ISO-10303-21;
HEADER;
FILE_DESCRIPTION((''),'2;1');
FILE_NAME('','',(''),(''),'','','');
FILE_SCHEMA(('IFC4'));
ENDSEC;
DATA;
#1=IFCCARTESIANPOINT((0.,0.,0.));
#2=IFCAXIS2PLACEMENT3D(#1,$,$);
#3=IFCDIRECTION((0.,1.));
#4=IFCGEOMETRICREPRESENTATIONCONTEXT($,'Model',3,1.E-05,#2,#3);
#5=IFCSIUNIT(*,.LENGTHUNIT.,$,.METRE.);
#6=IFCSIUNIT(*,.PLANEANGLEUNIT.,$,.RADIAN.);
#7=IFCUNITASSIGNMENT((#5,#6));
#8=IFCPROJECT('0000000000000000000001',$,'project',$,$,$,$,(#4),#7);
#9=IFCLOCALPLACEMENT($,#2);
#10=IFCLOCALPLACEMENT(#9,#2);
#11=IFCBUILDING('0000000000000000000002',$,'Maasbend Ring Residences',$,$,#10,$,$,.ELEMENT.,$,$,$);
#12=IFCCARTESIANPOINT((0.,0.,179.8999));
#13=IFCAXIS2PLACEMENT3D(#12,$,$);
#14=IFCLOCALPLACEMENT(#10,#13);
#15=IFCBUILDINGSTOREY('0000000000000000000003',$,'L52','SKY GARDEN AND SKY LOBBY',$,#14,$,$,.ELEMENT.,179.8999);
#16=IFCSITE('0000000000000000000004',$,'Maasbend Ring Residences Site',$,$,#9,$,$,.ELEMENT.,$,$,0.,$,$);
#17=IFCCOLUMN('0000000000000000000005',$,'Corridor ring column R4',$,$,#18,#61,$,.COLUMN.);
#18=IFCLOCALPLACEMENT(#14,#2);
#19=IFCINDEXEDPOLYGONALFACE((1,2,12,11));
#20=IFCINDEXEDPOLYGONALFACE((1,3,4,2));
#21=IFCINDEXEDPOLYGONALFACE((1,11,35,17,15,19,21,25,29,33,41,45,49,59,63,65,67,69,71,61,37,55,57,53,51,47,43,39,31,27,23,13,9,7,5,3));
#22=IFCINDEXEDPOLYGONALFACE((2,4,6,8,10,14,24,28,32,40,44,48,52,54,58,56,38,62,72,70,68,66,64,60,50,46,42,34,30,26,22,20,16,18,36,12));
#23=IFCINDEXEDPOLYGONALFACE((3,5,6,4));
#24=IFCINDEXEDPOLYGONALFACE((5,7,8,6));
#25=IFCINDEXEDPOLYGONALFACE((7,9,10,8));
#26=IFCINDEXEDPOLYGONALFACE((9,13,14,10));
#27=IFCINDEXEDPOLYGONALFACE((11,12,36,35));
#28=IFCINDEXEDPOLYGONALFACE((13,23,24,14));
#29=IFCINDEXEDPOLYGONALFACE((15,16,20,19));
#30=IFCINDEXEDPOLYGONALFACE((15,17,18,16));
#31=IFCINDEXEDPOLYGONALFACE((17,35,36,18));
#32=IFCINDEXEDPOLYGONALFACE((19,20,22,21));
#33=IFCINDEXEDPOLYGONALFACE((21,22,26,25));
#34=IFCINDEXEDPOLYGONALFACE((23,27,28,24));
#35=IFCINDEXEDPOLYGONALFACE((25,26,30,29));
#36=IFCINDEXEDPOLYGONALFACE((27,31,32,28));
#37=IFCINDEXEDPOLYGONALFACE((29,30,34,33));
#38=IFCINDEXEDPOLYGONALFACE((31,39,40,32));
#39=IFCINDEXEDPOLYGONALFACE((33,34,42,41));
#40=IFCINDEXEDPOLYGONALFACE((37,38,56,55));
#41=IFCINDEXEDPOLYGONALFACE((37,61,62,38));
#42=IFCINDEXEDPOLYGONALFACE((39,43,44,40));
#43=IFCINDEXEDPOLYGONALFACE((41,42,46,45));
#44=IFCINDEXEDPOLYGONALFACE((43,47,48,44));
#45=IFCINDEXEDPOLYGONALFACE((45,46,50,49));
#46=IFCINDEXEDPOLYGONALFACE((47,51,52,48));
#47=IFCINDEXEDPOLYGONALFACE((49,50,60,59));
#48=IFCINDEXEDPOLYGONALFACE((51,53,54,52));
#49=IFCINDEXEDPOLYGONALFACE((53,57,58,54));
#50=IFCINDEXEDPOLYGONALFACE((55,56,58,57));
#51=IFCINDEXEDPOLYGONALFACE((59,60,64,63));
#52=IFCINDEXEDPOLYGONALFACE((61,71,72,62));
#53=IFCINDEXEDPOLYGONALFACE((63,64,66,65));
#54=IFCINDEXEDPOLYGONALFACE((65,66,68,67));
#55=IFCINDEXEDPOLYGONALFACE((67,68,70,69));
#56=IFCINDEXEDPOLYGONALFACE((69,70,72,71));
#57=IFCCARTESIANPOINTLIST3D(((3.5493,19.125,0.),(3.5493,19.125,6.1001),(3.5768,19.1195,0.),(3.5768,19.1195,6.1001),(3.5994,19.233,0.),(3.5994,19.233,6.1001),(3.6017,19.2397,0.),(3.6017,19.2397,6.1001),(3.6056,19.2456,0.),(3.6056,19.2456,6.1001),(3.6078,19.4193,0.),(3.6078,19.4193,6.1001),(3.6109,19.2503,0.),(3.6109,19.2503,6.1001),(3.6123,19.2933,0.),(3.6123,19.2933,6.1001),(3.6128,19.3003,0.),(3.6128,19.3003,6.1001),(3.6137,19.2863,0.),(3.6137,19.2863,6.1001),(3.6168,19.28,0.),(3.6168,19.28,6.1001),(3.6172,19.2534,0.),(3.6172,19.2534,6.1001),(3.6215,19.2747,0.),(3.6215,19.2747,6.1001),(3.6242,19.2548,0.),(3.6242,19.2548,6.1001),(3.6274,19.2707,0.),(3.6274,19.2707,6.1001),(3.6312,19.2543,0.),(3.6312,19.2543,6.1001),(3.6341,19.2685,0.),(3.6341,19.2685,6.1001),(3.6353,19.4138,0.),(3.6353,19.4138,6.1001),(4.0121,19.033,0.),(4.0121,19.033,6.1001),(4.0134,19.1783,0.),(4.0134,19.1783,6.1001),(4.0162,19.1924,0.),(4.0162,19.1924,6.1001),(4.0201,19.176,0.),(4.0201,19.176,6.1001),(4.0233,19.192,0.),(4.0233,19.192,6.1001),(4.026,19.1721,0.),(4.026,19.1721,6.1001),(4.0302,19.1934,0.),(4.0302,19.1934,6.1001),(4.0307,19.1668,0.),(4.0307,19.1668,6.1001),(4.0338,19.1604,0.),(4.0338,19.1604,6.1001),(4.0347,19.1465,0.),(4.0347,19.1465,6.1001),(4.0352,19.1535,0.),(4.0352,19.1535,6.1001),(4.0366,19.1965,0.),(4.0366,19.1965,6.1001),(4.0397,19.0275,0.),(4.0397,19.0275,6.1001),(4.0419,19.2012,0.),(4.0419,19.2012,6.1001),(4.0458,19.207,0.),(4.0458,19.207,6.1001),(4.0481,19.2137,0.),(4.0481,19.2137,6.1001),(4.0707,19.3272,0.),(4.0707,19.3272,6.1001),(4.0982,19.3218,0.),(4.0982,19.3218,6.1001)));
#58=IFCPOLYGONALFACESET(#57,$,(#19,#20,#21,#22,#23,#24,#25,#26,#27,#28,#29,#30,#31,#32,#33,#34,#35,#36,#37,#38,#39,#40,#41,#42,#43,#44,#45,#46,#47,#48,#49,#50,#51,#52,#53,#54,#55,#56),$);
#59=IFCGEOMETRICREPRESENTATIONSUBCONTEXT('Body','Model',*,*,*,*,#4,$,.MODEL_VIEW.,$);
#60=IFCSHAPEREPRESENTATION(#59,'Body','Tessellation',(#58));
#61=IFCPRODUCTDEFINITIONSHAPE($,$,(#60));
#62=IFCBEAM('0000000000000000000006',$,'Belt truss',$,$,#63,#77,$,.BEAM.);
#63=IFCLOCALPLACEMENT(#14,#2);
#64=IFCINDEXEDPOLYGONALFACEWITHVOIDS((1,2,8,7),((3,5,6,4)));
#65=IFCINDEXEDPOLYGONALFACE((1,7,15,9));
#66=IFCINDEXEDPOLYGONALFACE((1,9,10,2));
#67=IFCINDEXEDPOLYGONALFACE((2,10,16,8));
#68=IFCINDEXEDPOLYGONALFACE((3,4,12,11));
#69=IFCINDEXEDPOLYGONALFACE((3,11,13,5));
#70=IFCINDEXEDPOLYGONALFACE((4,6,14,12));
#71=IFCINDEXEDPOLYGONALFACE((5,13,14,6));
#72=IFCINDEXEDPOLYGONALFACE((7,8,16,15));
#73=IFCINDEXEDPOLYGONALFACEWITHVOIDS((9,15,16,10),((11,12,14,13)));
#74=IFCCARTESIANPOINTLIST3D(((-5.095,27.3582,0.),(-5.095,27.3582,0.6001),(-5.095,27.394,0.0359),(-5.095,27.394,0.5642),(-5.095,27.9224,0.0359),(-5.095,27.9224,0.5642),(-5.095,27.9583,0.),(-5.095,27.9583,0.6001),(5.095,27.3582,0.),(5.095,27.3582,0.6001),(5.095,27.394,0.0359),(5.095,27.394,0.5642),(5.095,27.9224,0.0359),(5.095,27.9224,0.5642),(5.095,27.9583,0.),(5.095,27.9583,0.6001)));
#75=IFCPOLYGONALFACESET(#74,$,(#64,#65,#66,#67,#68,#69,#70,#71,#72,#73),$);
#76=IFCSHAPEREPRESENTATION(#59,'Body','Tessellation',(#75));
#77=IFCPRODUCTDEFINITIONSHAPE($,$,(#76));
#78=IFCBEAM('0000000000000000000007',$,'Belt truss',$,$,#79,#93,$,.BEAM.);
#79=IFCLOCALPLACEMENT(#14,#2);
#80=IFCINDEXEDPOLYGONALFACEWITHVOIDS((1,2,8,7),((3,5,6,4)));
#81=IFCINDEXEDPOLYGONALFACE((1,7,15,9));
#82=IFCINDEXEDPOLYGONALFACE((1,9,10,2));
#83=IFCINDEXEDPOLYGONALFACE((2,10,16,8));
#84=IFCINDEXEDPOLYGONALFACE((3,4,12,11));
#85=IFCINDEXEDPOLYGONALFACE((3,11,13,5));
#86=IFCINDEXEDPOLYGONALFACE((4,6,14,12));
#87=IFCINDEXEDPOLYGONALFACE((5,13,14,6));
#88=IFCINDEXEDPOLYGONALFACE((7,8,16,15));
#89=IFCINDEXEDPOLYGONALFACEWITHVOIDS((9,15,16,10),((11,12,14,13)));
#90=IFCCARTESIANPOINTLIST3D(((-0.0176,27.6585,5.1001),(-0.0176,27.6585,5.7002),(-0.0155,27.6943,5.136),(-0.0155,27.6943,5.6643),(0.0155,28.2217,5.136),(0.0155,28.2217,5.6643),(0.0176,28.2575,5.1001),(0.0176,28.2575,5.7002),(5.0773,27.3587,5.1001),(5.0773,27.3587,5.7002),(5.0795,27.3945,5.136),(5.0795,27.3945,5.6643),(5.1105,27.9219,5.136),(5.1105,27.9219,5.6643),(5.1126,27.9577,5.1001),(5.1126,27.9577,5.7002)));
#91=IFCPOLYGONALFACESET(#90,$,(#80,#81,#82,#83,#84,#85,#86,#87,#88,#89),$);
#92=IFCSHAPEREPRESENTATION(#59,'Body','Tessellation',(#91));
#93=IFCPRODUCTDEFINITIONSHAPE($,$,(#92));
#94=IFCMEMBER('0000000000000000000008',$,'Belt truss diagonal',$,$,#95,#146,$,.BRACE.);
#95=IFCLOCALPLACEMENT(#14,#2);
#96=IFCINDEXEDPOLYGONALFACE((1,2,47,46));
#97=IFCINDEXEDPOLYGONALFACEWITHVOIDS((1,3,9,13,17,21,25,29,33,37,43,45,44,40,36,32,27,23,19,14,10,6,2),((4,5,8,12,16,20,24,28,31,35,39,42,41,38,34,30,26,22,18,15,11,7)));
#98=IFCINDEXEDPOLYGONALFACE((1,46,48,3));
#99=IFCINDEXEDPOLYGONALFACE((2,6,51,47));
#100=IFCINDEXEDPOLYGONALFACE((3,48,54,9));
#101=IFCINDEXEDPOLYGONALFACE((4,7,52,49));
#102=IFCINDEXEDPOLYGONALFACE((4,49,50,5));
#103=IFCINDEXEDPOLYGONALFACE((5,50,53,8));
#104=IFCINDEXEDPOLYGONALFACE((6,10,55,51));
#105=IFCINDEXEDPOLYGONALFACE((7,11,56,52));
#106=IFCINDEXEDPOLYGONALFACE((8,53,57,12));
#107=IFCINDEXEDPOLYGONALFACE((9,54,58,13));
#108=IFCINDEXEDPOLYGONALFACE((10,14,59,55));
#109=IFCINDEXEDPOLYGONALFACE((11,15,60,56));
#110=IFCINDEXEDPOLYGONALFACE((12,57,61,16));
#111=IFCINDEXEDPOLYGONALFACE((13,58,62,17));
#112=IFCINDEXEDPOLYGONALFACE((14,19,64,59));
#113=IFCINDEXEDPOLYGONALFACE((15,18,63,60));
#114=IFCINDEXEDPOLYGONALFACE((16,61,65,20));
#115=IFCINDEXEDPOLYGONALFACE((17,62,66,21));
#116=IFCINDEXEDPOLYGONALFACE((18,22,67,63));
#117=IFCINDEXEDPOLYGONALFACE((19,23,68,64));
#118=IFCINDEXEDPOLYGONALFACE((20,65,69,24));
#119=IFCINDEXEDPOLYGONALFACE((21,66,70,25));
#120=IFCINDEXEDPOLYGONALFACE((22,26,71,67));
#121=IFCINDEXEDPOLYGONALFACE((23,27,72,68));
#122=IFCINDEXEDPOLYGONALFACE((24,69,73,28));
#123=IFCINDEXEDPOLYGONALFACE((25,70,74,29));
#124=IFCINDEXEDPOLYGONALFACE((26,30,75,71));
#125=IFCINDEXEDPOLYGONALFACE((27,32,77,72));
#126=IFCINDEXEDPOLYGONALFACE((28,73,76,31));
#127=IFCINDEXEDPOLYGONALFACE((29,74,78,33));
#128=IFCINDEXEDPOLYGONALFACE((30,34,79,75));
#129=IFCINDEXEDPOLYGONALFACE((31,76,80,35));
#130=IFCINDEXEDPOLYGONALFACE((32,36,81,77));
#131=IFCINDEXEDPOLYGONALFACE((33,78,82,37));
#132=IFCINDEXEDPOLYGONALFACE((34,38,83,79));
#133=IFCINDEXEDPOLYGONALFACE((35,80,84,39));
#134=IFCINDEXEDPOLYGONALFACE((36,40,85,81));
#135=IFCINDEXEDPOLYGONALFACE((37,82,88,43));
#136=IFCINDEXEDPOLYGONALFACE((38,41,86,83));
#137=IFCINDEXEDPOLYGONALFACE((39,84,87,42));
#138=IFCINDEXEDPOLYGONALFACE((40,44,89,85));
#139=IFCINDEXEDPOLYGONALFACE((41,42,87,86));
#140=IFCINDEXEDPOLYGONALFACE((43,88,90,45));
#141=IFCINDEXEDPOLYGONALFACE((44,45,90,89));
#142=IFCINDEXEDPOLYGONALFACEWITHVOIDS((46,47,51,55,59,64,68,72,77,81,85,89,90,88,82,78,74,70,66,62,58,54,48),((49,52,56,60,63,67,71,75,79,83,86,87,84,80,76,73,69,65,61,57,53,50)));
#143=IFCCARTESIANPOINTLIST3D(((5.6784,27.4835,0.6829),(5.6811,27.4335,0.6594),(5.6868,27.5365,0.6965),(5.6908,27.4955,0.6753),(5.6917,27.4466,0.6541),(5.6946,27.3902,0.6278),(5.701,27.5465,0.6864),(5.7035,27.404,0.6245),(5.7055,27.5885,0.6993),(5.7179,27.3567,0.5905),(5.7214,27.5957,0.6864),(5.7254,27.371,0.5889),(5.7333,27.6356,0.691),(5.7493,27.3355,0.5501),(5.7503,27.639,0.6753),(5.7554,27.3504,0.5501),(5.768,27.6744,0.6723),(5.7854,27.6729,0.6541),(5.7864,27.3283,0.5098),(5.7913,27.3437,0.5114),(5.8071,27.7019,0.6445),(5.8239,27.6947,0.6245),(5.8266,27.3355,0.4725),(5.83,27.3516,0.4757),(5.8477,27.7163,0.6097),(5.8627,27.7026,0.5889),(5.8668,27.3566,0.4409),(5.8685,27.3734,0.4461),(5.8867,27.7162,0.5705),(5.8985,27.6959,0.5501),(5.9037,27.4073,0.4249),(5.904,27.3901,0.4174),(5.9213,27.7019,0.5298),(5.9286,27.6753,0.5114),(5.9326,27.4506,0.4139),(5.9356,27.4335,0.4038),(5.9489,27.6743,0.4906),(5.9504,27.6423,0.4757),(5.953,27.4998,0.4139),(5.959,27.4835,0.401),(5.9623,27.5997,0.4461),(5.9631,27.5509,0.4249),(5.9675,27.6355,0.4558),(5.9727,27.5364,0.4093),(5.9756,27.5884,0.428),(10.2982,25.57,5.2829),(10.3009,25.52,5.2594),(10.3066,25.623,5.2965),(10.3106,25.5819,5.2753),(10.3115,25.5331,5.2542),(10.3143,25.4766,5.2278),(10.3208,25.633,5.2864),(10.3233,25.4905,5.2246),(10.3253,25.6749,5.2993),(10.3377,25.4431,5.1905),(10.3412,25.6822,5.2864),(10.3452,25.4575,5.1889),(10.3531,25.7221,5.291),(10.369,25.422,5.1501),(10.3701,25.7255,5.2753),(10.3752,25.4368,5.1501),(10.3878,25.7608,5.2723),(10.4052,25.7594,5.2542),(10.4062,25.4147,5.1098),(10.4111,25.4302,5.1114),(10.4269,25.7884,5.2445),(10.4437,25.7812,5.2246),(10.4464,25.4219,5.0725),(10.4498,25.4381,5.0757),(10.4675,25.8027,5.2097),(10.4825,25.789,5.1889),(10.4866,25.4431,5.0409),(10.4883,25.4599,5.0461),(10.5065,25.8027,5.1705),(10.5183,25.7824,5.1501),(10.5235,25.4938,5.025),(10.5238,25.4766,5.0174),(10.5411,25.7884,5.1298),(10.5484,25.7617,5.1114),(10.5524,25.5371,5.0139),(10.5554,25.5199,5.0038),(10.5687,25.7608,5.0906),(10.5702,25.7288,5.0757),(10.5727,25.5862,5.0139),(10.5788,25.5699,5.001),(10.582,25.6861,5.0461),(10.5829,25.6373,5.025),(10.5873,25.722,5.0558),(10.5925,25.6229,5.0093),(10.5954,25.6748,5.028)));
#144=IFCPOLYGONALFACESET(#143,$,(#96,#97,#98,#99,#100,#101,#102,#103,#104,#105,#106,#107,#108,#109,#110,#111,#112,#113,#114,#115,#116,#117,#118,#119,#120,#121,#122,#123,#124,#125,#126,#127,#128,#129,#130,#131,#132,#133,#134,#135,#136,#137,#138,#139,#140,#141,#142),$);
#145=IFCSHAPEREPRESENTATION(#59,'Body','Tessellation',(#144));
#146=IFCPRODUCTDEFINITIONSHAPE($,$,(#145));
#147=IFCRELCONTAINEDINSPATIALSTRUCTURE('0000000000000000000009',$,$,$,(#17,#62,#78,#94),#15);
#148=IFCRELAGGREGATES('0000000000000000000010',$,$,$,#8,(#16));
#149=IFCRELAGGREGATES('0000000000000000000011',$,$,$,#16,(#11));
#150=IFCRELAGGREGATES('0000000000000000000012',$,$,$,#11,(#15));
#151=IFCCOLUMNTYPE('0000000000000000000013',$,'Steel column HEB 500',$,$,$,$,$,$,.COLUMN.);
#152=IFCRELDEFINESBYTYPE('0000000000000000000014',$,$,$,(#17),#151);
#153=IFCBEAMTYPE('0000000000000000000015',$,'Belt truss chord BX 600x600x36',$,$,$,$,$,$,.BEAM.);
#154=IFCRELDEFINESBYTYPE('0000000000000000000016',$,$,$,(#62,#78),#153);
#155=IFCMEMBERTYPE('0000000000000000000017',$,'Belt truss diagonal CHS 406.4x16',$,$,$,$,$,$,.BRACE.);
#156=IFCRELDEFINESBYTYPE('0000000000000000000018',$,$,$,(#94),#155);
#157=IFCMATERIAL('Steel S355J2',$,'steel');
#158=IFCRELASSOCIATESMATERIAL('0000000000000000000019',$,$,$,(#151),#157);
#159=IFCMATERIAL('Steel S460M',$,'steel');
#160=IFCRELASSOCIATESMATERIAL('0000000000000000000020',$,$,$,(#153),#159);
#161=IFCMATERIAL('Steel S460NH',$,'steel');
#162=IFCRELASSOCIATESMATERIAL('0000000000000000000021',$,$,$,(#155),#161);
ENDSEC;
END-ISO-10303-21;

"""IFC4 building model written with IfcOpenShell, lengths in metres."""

from ifc_helpers import new_model, si_unit, direction, frame, origin, origin_2d, place, context, subcontext, project, spatial, hollow_rectangle, hollow_circle, i_section, extrude, material, material_profile, profile_set, type_object, element, save


model = new_model("IFC4")

# Units and contexts
model_context = context("Model", 3, precision=1e-05, world=origin(), true_north=direction((0.0, 1.0)))
body_context = subcontext(model_context, "Body", "Model", "MODEL_VIEW")
ifc_project = project(units=[si_unit("LENGTHUNIT", "METRE"), si_unit("PLANEANGLEUNIT", "RADIAN")], contexts=[model_context])

# Site, building, storey
site_placement = place(None, origin())
site = spatial("IfcSite", under=ifc_project, at=site_placement, Name="Maasbend Ring Residences Site", CompositionType="ELEMENT", RefElevation=0.0)
building_placement = place(site_placement, origin())
building = spatial("IfcBuilding", under=site, at=building_placement, Name="Maasbend Ring Residences", CompositionType="ELEMENT")
storey_placement = place(building_placement, frame((0.0, 0.0, 179.8999)))
storey = spatial("IfcBuildingStorey", under=building, at=storey_placement, Name="L52", Description="SKY GARDEN AND SKY LOBBY", CompositionType="ELEMENT", Elevation=179.8999)

# Column
ifc_material_1 = material(Name="Steel S355J2", Category="steel")
ifc_material_profile_1 = material_profile(ifc_material_1, i_section(OverallWidth=0.3, OverallDepth=0.5, WebThickness=0.0144, FlangeThickness=0.0281, FilletRadius=0.0271, at=origin_2d()), Name="HEB 500")
ifc_profile_set_1 = profile_set([ifc_material_profile_1], Name="Steel S355J2")
column_type_1 = type_object("IfcColumnType", Name="Steel column HEB 500", PredefinedType="COLUMN", material=ifc_profile_set_1)
for number, where, z_axis, x_axis, name in (
    (1, (3.8237, 19.2234, 0.0), (0.0, 0.0, 1.0), (0.19509, 0.980785, 0.0), "Corridor ring column R4"),
):
    element("IfcColumn", number, at=place(storey_placement, frame(where, z_axis=z_axis, x_axis=x_axis)), inside=storey, type_object=column_type_1, Name=name, PredefinedType="COLUMN", context=body_context, shape_type="SweptSolid", body=[
        extrude(i_section(OverallWidth=0.3, OverallDepth=0.5, WebThickness=0.0144, FlangeThickness=0.0281, FilletRadius=0.0271, at=origin_2d()), origin(), (0.0, 0.0, 1.0), 6.1001),
    ])

# Beams
ifc_material_2 = material(Name="Steel S460M", Category="steel")
ifc_material_profile_2 = material_profile(ifc_material_2, hollow_rectangle(XDim=0.6001, YDim=0.6001, WallThickness=0.0359, at=origin_2d()), Name="Belt truss chord BX 600x600x36")
ifc_profile_set_2 = profile_set([ifc_material_profile_2], Name="Steel S460M")
beam_type_1 = type_object("IfcBeamType", Name="Belt truss chord BX 600x600x36", PredefinedType="BEAM", material=ifc_profile_set_2)
beam_1_placement = place(storey_placement, frame((5.095, 27.6582, 0.3), z_axis=(-1.0, 0.0, 0.0), x_axis=(0.0, -1.0, 0.0)))
element("IfcBeam", 2, at=beam_1_placement, inside=storey, type_object=beam_type_1, Name="Belt truss", PredefinedType="BEAM", context=body_context, shape_type="SweptSolid", body=[
    extrude(hollow_rectangle(XDim=0.6001, YDim=0.6001, WallThickness=0.0359, at=origin_2d()), origin(), (0.0, 0.0, 1.0), 10.1899),
])
beam_2_placement = place(storey_placement, frame((5.095, 27.6582, 5.4001), z_axis=(-0.998273, 0.058742, 0.0), x_axis=(-0.058742, -0.998273, 0.0)))
element("IfcBeam", 3, at=beam_2_placement, inside=storey, type_object=beam_type_1, Name="Belt truss", PredefinedType="BEAM", context=body_context, shape_type="SweptSolid", body=[
    extrude(hollow_rectangle(XDim=0.6001, YDim=0.6001, WallThickness=0.0359, at=origin_2d()), origin(), (0.0, 0.0, 1.0), 5.1038),
])

# Member
ifc_material_3 = material(Name="Steel S460NH", Category="steel")
ifc_material_profile_3 = material_profile(ifc_material_3, hollow_circle(Radius=0.2031, WallThickness=0.0161, at=origin_2d()), Name="Belt truss diagonal CHS 406.4x16")
ifc_profile_set_3 = profile_set([ifc_material_profile_3], Name="Steel S460NH")
member_type_1 = type_object("IfcMemberType", Name="Belt truss diagonal CHS 406.4x16", PredefinedType="BRACE", material=ifc_profile_set_3)
member_1_placement = place(storey_placement, frame((10.4468, 25.6096, 5.1501), z_axis=(-0.679938, 0.281634, -0.677028), x_axis=(-0.382677, -0.923882, 0.0)))
element("IfcMember", 4, at=member_1_placement, inside=storey, type_object=member_type_1, Name="Belt truss diagonal", PredefinedType="BRACE", context=body_context, shape_type="SweptSolid", body=[
    extrude(hollow_circle(Radius=0.2031, WallThickness=0.0161, at=origin_2d()), origin(), (0.0, 0.0, 1.0), 6.7944),
])

save(model, "model.ifc")
